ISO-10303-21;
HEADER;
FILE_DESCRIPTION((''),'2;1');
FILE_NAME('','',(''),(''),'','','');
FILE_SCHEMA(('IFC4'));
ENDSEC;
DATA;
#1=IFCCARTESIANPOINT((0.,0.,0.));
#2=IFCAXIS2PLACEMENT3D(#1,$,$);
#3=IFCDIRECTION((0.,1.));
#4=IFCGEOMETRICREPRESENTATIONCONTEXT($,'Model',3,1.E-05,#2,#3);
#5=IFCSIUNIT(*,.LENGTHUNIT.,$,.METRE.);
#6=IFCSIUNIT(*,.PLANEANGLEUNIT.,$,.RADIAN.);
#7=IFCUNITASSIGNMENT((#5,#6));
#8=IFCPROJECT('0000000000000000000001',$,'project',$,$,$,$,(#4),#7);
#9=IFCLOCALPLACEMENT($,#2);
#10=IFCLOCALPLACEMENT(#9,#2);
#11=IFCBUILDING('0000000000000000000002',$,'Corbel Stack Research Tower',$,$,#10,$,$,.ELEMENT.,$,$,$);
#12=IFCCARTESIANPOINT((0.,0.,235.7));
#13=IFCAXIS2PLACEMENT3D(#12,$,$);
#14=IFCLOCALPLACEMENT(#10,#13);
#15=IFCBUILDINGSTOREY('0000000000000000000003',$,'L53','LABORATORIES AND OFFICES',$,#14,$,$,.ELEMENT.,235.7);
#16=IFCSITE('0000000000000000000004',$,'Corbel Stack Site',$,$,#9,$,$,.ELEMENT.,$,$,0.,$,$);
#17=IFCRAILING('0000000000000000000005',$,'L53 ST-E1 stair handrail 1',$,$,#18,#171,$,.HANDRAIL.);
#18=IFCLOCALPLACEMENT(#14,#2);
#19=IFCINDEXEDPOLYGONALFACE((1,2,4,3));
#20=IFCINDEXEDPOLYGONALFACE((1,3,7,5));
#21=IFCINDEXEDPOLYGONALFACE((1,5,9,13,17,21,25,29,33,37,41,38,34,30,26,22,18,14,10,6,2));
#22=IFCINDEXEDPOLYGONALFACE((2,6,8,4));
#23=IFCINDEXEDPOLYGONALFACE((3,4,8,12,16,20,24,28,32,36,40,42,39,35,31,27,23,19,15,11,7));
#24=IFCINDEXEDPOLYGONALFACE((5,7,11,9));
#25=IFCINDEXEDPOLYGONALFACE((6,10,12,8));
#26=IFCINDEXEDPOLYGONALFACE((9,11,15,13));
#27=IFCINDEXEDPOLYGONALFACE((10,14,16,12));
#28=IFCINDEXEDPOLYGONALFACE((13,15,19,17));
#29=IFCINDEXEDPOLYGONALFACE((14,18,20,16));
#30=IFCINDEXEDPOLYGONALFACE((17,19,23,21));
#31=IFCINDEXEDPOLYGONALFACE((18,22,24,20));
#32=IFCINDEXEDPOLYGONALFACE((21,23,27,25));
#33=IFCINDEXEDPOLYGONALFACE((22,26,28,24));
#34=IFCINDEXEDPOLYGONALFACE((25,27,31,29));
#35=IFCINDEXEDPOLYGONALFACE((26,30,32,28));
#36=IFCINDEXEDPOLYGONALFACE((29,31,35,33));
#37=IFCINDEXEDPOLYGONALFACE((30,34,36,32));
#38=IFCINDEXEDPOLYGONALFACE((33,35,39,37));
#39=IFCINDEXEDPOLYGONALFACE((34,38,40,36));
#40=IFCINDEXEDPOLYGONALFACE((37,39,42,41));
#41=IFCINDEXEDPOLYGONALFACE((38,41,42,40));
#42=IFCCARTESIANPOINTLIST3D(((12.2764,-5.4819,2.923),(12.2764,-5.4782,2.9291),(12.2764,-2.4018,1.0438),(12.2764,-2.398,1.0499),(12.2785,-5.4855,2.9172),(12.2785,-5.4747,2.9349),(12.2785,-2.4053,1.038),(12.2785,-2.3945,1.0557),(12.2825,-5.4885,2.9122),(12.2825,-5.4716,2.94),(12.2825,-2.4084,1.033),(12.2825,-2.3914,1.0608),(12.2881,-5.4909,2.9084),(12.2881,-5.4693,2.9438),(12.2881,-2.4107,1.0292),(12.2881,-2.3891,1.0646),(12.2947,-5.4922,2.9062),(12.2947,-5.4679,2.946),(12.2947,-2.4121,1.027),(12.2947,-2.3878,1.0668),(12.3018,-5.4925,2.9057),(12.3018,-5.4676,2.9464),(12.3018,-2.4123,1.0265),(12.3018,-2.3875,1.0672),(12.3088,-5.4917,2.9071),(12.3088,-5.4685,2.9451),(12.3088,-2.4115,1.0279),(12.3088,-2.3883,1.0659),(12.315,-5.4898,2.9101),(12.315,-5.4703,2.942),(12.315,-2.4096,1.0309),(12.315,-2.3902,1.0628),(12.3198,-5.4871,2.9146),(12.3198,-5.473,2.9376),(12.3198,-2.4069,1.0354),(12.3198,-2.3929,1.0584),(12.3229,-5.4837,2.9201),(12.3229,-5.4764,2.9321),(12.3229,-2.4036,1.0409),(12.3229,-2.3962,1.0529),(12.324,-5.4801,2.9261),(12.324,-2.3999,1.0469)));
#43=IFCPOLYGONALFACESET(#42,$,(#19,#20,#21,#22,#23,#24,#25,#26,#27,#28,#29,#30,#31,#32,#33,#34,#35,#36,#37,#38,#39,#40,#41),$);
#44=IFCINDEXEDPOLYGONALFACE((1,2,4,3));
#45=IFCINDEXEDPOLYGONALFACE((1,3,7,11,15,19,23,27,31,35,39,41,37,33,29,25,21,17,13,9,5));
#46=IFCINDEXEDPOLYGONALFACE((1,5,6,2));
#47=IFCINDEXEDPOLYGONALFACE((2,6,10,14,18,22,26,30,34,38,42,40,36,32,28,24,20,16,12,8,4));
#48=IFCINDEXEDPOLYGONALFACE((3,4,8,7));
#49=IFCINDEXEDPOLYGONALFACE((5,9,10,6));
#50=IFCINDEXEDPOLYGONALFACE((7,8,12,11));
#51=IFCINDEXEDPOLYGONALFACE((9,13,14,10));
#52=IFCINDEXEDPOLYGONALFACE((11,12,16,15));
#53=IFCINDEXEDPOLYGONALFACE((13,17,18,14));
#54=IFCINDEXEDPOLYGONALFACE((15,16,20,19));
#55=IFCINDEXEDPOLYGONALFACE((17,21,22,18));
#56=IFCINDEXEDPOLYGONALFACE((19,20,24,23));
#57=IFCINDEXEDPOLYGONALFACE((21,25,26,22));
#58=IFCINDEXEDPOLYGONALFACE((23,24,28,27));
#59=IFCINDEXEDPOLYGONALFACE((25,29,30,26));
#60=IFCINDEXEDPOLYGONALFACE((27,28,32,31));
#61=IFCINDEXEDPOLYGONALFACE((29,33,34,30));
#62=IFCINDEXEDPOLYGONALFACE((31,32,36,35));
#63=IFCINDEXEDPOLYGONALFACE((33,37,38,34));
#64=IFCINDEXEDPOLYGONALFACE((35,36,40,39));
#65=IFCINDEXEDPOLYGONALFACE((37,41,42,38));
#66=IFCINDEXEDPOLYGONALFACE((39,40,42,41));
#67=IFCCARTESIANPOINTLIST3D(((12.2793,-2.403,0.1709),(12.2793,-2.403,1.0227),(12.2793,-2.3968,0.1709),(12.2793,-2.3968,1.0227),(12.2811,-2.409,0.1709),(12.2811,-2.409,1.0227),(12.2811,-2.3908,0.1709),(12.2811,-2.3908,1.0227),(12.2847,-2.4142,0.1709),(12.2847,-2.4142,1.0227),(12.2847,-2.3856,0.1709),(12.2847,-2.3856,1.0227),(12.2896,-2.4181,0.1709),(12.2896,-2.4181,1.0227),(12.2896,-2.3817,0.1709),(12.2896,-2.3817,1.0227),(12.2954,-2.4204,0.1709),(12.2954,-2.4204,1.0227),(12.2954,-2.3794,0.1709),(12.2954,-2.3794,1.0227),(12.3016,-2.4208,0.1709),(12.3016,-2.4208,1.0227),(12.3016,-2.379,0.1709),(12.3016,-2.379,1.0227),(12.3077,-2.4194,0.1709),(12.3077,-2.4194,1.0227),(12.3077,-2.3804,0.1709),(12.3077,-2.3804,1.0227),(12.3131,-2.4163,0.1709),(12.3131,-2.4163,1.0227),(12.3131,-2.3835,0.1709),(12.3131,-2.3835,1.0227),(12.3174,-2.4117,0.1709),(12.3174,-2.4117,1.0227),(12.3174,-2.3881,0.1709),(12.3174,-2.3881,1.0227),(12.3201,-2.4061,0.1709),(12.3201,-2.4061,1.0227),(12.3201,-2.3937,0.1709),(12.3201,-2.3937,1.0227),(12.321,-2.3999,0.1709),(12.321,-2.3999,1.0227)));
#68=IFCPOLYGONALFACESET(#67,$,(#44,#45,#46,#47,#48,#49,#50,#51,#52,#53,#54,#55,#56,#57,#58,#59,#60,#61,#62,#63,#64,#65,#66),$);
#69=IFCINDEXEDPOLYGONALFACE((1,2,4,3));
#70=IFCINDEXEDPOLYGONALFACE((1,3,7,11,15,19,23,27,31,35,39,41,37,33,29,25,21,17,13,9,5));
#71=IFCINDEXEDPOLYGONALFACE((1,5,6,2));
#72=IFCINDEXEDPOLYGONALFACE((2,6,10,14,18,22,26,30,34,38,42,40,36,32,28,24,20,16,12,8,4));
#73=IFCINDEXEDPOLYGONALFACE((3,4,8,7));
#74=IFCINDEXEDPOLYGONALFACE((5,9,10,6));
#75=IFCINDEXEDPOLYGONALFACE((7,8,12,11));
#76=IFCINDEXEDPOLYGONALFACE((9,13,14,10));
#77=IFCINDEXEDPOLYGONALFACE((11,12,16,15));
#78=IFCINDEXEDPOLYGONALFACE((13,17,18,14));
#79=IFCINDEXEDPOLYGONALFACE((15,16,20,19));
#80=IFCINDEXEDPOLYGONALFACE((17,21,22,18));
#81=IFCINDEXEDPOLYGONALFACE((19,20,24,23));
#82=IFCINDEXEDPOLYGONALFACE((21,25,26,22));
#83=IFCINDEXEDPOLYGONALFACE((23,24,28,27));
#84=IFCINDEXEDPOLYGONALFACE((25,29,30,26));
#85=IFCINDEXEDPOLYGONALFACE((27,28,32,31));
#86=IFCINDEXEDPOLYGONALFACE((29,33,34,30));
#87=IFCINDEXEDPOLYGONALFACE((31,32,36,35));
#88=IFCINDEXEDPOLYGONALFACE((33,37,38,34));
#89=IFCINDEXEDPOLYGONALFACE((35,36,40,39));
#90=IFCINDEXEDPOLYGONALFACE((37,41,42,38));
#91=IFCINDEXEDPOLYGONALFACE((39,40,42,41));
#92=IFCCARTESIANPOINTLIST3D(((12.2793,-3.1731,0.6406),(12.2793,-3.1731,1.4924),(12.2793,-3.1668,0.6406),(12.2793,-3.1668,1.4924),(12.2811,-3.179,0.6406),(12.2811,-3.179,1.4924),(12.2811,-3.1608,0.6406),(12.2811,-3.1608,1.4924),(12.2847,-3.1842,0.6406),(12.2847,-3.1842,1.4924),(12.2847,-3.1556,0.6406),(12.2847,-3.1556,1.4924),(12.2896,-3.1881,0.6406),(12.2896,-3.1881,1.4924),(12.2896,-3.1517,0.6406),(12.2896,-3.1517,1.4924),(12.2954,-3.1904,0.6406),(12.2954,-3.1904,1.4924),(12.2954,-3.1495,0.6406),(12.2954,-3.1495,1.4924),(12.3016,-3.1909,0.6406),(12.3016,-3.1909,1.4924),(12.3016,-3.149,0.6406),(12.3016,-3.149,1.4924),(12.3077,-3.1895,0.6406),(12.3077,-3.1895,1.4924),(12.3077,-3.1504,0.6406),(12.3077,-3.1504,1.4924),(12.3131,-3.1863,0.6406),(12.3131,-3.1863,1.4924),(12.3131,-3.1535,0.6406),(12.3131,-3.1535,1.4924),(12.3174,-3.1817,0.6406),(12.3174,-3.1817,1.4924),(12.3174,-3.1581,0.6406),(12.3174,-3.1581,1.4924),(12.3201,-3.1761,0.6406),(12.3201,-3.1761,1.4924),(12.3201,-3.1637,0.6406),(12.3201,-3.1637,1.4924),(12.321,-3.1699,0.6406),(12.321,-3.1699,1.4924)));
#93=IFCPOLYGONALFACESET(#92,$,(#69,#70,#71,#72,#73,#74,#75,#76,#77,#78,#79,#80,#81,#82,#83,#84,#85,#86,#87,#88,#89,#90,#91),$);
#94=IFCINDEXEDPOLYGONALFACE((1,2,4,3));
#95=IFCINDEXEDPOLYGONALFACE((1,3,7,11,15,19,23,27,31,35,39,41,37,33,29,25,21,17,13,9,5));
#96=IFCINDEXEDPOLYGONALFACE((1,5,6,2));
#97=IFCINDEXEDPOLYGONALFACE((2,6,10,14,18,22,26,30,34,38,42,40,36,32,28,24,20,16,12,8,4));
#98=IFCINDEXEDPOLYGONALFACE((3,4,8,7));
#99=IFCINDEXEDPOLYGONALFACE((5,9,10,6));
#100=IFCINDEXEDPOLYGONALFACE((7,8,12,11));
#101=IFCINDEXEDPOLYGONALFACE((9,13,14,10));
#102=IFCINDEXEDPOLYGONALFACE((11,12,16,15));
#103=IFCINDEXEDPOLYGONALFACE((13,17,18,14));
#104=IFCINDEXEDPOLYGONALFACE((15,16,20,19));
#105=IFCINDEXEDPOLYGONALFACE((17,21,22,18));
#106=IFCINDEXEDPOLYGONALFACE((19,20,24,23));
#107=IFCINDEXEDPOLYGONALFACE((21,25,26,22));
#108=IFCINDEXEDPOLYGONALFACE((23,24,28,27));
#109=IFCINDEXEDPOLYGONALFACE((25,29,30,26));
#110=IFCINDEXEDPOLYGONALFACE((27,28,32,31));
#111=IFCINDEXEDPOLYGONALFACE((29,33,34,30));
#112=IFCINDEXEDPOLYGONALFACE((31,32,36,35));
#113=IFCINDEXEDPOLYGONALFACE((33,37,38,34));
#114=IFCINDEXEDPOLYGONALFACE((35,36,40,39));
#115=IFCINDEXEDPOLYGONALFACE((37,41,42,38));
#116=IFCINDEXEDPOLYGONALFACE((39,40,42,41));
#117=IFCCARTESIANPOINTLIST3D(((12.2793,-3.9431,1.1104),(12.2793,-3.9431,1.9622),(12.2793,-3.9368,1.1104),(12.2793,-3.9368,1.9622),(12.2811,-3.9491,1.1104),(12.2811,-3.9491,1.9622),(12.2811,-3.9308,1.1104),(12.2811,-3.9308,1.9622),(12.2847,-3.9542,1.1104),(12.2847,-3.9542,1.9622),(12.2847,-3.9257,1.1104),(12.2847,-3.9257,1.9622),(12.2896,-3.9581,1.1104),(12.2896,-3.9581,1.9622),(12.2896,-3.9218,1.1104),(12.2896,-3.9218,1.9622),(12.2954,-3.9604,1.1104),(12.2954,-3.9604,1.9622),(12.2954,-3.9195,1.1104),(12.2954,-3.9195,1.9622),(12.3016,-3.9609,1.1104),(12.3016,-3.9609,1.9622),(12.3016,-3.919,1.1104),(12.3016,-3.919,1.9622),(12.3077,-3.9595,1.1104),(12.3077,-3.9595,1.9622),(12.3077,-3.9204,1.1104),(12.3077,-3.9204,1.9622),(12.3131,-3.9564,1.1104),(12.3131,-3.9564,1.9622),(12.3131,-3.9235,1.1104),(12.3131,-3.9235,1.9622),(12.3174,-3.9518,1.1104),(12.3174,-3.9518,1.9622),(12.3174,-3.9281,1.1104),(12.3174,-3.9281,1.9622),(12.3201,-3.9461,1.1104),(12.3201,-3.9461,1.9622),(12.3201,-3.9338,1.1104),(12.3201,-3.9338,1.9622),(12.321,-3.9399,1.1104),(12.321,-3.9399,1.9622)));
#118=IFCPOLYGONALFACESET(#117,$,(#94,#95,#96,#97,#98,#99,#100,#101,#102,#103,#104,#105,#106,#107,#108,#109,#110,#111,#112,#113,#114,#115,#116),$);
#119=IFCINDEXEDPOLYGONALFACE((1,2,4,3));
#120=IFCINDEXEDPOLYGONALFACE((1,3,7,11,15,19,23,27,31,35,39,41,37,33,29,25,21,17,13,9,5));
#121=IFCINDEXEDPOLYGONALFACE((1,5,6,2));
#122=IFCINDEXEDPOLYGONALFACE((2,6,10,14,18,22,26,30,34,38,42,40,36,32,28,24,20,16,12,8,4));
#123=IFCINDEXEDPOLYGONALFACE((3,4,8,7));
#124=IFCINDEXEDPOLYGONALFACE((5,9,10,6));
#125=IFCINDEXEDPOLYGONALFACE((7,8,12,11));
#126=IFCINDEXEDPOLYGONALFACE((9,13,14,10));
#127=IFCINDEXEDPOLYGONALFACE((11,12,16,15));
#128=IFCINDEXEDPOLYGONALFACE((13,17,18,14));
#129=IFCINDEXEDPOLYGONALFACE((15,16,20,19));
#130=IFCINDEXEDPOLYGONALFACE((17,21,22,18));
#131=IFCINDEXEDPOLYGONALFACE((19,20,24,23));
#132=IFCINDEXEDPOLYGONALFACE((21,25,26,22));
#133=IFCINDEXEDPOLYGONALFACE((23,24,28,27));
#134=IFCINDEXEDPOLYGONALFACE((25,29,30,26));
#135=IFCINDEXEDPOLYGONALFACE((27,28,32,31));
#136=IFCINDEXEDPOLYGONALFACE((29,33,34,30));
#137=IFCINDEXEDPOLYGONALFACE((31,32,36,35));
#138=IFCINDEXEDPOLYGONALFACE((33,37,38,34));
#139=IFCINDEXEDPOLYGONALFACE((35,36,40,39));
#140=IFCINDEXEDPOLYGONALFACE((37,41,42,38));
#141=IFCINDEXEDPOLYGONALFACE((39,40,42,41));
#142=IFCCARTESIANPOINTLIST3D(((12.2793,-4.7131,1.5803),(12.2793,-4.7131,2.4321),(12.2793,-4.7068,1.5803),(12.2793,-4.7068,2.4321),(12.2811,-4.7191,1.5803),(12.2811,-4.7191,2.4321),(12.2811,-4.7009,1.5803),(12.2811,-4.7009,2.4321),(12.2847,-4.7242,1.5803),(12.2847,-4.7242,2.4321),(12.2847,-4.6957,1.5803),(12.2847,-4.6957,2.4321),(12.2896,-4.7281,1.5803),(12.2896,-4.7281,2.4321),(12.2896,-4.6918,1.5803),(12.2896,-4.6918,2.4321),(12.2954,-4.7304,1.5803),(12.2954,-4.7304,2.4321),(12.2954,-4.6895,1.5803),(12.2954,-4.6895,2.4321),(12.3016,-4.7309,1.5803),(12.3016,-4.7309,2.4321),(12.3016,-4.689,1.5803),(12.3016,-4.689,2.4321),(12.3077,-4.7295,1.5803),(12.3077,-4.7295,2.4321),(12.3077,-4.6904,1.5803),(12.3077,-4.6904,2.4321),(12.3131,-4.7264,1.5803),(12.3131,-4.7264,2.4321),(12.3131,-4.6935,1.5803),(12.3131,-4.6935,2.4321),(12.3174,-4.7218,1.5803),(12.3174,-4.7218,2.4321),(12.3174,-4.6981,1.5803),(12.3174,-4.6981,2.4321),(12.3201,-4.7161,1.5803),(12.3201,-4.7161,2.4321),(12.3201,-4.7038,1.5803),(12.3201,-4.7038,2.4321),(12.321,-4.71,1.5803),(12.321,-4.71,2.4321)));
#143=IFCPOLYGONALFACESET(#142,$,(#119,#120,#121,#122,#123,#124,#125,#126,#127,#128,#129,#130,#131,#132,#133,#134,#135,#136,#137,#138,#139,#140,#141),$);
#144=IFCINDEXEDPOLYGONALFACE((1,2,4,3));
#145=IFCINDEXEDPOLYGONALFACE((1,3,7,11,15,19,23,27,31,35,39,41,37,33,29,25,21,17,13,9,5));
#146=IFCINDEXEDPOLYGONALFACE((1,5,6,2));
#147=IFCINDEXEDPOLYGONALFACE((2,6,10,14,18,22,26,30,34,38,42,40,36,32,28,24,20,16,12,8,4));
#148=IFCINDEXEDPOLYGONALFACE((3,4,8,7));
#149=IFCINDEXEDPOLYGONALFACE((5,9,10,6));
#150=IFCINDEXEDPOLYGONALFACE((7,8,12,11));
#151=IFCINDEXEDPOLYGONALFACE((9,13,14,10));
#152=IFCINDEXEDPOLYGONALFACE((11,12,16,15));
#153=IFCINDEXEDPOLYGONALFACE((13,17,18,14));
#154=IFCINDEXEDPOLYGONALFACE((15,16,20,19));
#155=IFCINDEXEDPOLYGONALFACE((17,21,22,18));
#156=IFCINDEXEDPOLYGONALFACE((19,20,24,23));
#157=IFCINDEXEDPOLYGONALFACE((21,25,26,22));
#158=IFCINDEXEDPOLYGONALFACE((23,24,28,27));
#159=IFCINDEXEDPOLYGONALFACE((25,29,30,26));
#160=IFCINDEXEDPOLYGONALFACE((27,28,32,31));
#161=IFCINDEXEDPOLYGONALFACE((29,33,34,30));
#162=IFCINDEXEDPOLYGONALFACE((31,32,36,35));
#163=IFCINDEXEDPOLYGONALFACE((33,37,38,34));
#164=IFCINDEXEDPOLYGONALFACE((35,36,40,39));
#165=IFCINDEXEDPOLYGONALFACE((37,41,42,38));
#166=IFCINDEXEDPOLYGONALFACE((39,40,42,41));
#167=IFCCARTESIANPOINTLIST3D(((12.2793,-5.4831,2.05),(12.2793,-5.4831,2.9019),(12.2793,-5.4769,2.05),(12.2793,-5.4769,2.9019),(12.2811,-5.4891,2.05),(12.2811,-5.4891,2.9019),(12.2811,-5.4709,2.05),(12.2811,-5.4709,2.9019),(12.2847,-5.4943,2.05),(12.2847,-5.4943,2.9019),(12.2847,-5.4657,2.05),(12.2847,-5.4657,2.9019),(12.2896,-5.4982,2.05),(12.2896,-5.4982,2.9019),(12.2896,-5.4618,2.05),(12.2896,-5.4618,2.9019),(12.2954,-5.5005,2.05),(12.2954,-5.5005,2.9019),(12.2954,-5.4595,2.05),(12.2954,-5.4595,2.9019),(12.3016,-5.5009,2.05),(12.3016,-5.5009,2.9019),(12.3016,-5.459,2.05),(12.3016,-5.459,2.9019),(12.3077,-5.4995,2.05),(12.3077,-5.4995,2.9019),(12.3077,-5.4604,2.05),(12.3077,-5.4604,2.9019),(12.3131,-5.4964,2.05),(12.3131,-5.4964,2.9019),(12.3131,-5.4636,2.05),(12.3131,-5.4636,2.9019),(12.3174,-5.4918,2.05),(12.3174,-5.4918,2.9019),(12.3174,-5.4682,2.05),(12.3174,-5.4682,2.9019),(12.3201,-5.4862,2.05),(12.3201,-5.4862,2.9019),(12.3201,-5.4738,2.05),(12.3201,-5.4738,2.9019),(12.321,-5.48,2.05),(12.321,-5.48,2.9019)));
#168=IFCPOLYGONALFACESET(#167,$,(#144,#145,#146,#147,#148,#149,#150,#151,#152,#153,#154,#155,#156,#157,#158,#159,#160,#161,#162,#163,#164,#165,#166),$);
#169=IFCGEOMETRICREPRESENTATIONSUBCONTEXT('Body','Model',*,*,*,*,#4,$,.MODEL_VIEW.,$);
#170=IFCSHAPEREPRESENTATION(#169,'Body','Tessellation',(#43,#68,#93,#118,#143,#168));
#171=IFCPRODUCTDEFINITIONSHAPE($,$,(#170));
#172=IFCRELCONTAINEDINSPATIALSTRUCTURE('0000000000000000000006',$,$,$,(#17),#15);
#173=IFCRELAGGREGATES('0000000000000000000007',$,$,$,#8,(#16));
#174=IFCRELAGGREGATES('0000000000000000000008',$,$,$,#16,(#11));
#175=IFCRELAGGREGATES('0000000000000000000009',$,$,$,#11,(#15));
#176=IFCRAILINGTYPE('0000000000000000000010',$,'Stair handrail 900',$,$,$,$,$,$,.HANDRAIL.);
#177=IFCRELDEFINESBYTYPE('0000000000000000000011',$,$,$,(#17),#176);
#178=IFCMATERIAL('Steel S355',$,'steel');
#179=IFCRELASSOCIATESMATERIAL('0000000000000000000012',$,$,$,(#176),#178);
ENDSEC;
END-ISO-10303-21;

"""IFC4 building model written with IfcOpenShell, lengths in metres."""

from ifc_helpers import new_model, si_unit, direction, frame, origin, origin_2d, place, context, subcontext, project, spatial, circle, extrude, material, type_object, element, save


model = new_model("IFC4")

# Units and contexts
model_context = context("Model", 3, precision=1e-05, world=origin(), true_north=direction((0.0, 1.0)))
body_context = subcontext(model_context, "Body", "Model", "MODEL_VIEW")
ifc_project = project(units=[si_unit("LENGTHUNIT", "METRE"), si_unit("PLANEANGLEUNIT", "RADIAN")], contexts=[model_context])

# Site, building, storey
site_placement = place(None, origin())
site = spatial("IfcSite", under=ifc_project, at=site_placement, Name="Corbel Stack Site", CompositionType="ELEMENT", RefElevation=0.0)
building_placement = place(site_placement, origin())
building = spatial("IfcBuilding", under=site, at=building_placement, Name="Corbel Stack Research Tower", CompositionType="ELEMENT")
storey_placement = place(building_placement, frame((0.0, 0.0, 235.7)))
storey = spatial("IfcBuildingStorey", under=building, at=storey_placement, Name="L53", Description="LABORATORIES AND OFFICES", CompositionType="ELEMENT", Elevation=235.7)

# Railing
ifc_material_1 = material(Name="Steel S355", Category="steel")
railing_type_1 = type_object("IfcRailingType", Name="Stair handrail 900", PredefinedType="HANDRAIL", material=ifc_material_1)
railing_1_placement = place(storey_placement, frame((12.3, -2.3999, 0.1709)))
element("IfcRailing", 1, at=railing_1_placement, inside=storey, type_object=railing_type_1, Name="L53 ST-E1 stair handrail 1", PredefinedType="HANDRAIL", context=body_context, shape_type="SweptSolid", body=[
    extrude(circle(Radius=0.0239, at=origin_2d()), frame((0.0, 0.0, 0.876), z_axis=(0.0, -0.853666, 0.52082), x_axis=(1.0, 0.0, 0.0)), (0.0, 0.0, 1.0), 3.6082),
    extrude(circle(Radius=0.021, at=origin_2d()), origin(), (0.0, 0.0, 1.0), 0.8518),
    extrude(circle(Radius=0.021, at=origin_2d()), frame((0.0, -0.77, 0.4697)), (0.0, 0.0, 1.0), 0.8518),
    extrude(circle(Radius=0.021, at=origin_2d()), frame((0.0, -1.54, 0.9395)), (0.0, 0.0, 1.0), 0.8518),
    extrude(circle(Radius=0.021, at=origin_2d()), frame((0.0, -2.3101, 1.4094)), (0.0, 0.0, 1.0), 0.8518),
    extrude(circle(Radius=0.021, at=origin_2d()), frame((0.0, -3.0801, 1.8792)), (0.0, 0.0, 1.0), 0.8518),
])

save(model, "model.ifc")
